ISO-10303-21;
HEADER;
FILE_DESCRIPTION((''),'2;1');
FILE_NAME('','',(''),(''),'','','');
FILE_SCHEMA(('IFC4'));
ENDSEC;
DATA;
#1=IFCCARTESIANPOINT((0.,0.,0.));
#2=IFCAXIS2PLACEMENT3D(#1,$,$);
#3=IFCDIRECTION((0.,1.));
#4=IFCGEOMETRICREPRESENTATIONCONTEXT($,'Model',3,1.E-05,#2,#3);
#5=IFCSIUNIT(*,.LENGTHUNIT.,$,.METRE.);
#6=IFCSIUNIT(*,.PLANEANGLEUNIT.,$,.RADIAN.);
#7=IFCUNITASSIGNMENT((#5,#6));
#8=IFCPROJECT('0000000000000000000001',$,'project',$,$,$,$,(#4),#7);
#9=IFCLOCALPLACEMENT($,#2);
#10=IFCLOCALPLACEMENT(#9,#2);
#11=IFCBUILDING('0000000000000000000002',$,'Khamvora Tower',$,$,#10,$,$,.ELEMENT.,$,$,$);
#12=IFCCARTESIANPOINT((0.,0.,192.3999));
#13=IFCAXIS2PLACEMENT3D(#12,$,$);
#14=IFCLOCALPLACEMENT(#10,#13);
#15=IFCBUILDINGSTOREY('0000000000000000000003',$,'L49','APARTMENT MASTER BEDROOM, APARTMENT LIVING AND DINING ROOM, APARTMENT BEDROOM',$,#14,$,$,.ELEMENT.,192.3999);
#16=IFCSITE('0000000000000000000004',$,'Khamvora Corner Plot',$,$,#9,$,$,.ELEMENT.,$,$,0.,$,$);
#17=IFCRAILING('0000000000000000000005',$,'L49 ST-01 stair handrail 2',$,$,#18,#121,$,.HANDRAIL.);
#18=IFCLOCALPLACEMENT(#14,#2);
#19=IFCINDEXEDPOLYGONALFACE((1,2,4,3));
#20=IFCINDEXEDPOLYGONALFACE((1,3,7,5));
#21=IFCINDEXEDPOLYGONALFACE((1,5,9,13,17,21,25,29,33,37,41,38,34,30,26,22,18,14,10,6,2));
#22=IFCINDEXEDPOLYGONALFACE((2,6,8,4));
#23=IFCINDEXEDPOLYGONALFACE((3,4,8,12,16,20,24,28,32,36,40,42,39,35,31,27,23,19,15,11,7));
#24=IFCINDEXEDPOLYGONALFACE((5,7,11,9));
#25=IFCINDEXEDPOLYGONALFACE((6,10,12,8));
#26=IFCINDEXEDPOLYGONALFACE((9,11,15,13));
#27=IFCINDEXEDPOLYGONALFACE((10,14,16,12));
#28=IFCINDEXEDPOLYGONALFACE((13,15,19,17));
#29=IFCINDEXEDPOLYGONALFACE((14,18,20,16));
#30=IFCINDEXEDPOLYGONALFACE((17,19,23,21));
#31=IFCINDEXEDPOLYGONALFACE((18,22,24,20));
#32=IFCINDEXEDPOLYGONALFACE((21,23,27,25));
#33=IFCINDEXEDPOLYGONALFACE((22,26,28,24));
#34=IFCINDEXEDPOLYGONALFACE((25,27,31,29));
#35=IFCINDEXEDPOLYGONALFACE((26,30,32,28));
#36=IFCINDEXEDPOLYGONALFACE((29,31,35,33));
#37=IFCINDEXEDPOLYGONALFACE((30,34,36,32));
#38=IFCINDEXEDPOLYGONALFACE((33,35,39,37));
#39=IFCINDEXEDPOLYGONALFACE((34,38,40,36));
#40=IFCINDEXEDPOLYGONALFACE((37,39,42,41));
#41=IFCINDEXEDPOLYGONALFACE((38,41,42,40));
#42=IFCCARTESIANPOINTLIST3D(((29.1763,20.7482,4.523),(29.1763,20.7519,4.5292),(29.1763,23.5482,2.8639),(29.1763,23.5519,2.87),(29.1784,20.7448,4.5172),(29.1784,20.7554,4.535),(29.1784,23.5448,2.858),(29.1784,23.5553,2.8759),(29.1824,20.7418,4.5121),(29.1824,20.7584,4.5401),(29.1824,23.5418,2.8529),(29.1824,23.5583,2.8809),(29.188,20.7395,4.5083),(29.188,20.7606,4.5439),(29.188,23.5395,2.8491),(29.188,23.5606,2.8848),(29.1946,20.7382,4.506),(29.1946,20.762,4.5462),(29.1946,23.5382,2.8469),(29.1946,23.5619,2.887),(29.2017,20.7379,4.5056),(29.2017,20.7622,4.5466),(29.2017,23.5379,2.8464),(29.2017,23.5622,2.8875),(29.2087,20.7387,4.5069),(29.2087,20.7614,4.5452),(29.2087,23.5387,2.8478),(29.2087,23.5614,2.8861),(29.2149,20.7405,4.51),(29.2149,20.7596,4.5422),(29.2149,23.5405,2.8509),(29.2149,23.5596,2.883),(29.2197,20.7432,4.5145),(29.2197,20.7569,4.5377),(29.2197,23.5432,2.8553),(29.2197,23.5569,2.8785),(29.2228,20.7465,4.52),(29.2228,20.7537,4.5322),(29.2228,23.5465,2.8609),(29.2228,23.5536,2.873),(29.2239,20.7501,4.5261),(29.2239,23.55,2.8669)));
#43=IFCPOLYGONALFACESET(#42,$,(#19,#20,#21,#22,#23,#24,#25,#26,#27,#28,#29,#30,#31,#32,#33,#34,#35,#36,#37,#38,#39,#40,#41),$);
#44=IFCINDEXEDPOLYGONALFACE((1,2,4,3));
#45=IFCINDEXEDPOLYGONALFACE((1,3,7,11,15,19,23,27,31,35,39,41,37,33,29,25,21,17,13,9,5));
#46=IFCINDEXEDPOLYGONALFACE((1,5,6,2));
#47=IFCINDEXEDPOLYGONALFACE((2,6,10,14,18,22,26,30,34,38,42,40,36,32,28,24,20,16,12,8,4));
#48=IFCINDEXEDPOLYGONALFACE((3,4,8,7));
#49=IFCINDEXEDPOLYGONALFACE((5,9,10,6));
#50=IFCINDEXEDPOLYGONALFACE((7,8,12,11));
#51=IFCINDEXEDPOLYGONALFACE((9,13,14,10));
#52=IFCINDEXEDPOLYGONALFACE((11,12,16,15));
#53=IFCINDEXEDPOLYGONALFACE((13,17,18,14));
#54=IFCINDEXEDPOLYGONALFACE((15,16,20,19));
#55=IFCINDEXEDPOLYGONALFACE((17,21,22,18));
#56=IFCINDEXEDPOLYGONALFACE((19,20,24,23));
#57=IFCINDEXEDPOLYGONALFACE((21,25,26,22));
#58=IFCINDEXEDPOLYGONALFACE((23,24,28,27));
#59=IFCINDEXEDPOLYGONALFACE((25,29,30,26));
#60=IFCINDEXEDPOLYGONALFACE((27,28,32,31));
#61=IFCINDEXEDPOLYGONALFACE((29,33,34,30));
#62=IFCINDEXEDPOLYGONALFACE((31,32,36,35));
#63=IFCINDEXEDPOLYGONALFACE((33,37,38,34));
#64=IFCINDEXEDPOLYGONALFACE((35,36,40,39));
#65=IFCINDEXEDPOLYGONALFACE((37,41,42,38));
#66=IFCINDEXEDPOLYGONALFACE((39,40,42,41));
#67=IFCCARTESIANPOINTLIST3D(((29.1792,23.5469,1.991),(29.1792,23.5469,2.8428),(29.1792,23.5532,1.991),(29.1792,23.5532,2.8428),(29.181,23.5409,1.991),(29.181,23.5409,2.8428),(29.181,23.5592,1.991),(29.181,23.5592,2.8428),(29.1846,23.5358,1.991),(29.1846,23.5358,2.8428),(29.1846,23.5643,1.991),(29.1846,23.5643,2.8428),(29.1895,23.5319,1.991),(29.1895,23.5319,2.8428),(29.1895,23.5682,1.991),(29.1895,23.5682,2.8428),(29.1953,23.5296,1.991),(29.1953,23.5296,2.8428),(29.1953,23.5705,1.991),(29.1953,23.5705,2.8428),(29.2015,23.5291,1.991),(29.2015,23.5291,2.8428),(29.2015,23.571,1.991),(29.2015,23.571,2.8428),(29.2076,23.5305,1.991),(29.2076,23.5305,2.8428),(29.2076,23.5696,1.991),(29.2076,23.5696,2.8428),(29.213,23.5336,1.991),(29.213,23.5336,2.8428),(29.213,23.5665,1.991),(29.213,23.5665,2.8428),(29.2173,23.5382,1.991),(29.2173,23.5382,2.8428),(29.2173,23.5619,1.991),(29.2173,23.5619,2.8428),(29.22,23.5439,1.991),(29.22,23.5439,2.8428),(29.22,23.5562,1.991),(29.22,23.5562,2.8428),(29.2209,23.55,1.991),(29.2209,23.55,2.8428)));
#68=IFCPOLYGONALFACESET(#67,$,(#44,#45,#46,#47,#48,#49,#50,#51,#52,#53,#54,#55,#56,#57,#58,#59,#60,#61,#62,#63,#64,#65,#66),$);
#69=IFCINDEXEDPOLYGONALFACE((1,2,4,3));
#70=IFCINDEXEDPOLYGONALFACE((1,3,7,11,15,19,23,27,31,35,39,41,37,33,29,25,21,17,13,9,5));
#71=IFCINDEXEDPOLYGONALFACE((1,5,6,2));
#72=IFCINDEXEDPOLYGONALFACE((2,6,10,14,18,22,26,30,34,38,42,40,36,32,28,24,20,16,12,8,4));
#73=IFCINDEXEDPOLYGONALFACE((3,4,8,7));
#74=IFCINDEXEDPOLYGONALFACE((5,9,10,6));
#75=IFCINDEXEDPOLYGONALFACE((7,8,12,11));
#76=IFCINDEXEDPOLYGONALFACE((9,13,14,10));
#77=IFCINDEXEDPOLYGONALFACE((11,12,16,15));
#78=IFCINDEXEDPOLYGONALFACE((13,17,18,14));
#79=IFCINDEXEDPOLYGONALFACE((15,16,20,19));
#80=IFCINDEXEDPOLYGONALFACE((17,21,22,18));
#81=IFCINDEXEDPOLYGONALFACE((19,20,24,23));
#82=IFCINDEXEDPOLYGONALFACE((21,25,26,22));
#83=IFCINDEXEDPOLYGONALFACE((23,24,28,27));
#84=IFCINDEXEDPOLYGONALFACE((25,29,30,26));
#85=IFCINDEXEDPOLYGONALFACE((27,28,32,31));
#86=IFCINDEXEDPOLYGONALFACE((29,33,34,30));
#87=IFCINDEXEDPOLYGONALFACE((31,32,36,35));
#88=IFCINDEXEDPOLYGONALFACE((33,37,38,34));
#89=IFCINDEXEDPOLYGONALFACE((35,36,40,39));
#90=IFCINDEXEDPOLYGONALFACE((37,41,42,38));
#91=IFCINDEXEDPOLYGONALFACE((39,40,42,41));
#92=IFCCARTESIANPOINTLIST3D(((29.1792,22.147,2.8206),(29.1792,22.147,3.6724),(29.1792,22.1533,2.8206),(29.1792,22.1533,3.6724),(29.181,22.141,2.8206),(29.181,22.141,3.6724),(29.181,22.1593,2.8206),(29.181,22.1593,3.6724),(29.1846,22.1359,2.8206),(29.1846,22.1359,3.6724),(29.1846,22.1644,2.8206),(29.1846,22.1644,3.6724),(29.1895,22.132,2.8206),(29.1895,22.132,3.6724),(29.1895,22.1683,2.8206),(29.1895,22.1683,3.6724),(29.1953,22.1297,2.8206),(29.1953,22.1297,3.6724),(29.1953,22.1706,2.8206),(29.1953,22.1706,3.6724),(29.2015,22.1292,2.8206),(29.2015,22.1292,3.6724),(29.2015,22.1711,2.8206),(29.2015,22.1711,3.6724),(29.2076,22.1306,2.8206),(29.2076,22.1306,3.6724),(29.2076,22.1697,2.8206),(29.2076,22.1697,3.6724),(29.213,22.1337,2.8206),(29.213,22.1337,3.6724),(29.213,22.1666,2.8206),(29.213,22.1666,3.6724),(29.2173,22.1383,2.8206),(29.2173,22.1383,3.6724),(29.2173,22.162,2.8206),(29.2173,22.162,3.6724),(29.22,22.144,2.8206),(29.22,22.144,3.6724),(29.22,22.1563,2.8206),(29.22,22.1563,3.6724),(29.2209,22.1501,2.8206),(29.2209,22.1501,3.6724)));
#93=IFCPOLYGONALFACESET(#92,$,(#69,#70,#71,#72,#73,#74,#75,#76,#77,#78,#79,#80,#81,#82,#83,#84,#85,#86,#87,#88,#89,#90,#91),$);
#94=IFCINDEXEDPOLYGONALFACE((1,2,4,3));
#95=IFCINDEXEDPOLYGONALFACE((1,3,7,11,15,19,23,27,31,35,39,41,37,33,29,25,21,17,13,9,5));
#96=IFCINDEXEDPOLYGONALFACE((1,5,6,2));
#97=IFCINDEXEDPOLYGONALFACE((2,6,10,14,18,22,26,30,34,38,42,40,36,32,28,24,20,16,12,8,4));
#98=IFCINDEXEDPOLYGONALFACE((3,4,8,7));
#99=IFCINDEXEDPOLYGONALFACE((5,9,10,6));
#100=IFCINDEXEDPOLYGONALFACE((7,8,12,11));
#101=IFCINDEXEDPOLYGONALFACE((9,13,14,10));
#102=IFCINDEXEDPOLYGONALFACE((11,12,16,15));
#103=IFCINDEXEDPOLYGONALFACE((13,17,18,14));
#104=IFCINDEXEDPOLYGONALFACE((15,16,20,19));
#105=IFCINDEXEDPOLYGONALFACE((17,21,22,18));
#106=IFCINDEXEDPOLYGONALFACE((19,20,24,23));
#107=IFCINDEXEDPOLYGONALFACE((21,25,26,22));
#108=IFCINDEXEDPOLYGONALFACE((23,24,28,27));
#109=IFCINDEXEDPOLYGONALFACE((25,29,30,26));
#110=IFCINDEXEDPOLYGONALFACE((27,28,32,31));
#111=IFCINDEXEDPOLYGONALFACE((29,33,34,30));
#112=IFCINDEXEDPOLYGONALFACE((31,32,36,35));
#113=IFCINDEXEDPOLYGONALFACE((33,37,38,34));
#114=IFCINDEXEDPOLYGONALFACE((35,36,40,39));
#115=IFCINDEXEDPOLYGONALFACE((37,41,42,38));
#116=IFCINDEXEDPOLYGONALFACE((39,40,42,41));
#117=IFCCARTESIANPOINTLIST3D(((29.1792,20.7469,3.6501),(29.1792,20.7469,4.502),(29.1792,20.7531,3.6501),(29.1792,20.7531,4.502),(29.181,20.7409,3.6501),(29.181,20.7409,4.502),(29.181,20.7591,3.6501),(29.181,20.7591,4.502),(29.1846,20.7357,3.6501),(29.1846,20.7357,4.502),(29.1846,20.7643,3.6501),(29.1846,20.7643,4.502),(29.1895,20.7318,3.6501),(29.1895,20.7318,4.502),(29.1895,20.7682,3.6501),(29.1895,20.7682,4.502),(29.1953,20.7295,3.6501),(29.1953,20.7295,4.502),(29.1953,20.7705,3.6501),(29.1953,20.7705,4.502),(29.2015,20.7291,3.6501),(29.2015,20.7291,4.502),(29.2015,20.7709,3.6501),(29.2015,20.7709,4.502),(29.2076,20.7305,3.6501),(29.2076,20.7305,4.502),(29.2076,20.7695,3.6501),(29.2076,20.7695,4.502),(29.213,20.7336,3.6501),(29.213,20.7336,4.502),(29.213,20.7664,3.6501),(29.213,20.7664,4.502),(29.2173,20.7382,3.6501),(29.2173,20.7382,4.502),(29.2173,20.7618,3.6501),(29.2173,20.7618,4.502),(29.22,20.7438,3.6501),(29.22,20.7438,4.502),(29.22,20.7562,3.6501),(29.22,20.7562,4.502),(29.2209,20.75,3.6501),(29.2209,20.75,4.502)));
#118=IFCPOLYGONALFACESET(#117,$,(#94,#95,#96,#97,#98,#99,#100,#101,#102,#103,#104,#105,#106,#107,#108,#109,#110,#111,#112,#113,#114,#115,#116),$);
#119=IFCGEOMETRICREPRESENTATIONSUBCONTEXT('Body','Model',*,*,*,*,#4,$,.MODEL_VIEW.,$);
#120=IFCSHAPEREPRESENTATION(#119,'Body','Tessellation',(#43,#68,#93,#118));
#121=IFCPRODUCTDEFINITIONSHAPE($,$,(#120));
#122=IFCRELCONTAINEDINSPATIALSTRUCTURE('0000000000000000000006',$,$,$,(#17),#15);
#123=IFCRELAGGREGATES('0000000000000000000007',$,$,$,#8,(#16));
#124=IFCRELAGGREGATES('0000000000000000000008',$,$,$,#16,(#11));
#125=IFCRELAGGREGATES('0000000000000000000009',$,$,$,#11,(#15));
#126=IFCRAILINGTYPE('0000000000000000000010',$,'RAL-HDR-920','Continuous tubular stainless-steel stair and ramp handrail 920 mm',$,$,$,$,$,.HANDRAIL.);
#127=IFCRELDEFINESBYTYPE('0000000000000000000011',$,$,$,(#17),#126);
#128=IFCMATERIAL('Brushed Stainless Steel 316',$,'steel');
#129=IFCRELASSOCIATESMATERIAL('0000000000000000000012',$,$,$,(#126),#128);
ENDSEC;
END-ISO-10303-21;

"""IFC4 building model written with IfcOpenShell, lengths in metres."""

from ifc_helpers import new_model, si_unit, direction, frame, origin, origin_2d, place, context, subcontext, project, spatial, circle, extrude, material, type_object, element, save


model = new_model("IFC4")

# Units and contexts
model_context = context("Model", 3, precision=1e-05, world=origin(), true_north=direction((0.0, 1.0)))
body_context = subcontext(model_context, "Body", "Model", "MODEL_VIEW")
ifc_project = project(units=[si_unit("LENGTHUNIT", "METRE"), si_unit("PLANEANGLEUNIT", "RADIAN")], contexts=[model_context])

# Site, building, storey
site_placement = place(None, origin())
site = spatial("IfcSite", under=ifc_project, at=site_placement, Name="Khamvora Corner Plot", CompositionType="ELEMENT", RefElevation=0.0)
building_placement = place(site_placement, origin())
building = spatial("IfcBuilding", under=site, at=building_placement, Name="Khamvora Tower", CompositionType="ELEMENT")
storey_placement = place(building_placement, frame((0.0, 0.0, 192.3999)))
storey = spatial("IfcBuildingStorey", under=building, at=storey_placement, Name="L49", Description="APARTMENT MASTER BEDROOM, APARTMENT LIVING AND DINING ROOM, APARTMENT BEDROOM", CompositionType="ELEMENT", Elevation=192.3999)

# Railing
ifc_material_1 = material(Name="Brushed Stainless Steel 316", Category="steel")
railing_type_1 = type_object("IfcRailingType", Name="RAL-HDR-920", Description="Continuous tubular stainless-steel stair and ramp handrail 920 mm", PredefinedType="HANDRAIL", material=ifc_material_1)
railing_1_placement = place(storey_placement, frame((29.2, 23.55, 1.991)))
element("IfcRailing", 1, at=railing_1_placement, inside=storey, type_object=railing_type_1, Name="L49 ST-01 stair handrail 2", PredefinedType="HANDRAIL", context=body_context, shape_type="SweptSolid", body=[
    extrude(circle(Radius=0.0239, at=origin_2d()), frame((0.0, 0.0, 0.876), z_axis=(0.0, -0.860306, 0.509778), x_axis=(1.0, 0.0, 0.0)), (0.0, 0.0, 1.0), 3.2546),
    extrude(circle(Radius=0.021, at=origin_2d()), origin(), (0.0, 0.0, 1.0), 0.8518),
    extrude(circle(Radius=0.021, at=origin_2d()), frame((0.0, -1.3999, 0.8296)), (0.0, 0.0, 1.0), 0.8518),
    extrude(circle(Radius=0.021, at=origin_2d()), frame((0.0, -2.8, 1.6592)), (0.0, 0.0, 1.0), 0.8518),
])

save(model, "model.ifc")
